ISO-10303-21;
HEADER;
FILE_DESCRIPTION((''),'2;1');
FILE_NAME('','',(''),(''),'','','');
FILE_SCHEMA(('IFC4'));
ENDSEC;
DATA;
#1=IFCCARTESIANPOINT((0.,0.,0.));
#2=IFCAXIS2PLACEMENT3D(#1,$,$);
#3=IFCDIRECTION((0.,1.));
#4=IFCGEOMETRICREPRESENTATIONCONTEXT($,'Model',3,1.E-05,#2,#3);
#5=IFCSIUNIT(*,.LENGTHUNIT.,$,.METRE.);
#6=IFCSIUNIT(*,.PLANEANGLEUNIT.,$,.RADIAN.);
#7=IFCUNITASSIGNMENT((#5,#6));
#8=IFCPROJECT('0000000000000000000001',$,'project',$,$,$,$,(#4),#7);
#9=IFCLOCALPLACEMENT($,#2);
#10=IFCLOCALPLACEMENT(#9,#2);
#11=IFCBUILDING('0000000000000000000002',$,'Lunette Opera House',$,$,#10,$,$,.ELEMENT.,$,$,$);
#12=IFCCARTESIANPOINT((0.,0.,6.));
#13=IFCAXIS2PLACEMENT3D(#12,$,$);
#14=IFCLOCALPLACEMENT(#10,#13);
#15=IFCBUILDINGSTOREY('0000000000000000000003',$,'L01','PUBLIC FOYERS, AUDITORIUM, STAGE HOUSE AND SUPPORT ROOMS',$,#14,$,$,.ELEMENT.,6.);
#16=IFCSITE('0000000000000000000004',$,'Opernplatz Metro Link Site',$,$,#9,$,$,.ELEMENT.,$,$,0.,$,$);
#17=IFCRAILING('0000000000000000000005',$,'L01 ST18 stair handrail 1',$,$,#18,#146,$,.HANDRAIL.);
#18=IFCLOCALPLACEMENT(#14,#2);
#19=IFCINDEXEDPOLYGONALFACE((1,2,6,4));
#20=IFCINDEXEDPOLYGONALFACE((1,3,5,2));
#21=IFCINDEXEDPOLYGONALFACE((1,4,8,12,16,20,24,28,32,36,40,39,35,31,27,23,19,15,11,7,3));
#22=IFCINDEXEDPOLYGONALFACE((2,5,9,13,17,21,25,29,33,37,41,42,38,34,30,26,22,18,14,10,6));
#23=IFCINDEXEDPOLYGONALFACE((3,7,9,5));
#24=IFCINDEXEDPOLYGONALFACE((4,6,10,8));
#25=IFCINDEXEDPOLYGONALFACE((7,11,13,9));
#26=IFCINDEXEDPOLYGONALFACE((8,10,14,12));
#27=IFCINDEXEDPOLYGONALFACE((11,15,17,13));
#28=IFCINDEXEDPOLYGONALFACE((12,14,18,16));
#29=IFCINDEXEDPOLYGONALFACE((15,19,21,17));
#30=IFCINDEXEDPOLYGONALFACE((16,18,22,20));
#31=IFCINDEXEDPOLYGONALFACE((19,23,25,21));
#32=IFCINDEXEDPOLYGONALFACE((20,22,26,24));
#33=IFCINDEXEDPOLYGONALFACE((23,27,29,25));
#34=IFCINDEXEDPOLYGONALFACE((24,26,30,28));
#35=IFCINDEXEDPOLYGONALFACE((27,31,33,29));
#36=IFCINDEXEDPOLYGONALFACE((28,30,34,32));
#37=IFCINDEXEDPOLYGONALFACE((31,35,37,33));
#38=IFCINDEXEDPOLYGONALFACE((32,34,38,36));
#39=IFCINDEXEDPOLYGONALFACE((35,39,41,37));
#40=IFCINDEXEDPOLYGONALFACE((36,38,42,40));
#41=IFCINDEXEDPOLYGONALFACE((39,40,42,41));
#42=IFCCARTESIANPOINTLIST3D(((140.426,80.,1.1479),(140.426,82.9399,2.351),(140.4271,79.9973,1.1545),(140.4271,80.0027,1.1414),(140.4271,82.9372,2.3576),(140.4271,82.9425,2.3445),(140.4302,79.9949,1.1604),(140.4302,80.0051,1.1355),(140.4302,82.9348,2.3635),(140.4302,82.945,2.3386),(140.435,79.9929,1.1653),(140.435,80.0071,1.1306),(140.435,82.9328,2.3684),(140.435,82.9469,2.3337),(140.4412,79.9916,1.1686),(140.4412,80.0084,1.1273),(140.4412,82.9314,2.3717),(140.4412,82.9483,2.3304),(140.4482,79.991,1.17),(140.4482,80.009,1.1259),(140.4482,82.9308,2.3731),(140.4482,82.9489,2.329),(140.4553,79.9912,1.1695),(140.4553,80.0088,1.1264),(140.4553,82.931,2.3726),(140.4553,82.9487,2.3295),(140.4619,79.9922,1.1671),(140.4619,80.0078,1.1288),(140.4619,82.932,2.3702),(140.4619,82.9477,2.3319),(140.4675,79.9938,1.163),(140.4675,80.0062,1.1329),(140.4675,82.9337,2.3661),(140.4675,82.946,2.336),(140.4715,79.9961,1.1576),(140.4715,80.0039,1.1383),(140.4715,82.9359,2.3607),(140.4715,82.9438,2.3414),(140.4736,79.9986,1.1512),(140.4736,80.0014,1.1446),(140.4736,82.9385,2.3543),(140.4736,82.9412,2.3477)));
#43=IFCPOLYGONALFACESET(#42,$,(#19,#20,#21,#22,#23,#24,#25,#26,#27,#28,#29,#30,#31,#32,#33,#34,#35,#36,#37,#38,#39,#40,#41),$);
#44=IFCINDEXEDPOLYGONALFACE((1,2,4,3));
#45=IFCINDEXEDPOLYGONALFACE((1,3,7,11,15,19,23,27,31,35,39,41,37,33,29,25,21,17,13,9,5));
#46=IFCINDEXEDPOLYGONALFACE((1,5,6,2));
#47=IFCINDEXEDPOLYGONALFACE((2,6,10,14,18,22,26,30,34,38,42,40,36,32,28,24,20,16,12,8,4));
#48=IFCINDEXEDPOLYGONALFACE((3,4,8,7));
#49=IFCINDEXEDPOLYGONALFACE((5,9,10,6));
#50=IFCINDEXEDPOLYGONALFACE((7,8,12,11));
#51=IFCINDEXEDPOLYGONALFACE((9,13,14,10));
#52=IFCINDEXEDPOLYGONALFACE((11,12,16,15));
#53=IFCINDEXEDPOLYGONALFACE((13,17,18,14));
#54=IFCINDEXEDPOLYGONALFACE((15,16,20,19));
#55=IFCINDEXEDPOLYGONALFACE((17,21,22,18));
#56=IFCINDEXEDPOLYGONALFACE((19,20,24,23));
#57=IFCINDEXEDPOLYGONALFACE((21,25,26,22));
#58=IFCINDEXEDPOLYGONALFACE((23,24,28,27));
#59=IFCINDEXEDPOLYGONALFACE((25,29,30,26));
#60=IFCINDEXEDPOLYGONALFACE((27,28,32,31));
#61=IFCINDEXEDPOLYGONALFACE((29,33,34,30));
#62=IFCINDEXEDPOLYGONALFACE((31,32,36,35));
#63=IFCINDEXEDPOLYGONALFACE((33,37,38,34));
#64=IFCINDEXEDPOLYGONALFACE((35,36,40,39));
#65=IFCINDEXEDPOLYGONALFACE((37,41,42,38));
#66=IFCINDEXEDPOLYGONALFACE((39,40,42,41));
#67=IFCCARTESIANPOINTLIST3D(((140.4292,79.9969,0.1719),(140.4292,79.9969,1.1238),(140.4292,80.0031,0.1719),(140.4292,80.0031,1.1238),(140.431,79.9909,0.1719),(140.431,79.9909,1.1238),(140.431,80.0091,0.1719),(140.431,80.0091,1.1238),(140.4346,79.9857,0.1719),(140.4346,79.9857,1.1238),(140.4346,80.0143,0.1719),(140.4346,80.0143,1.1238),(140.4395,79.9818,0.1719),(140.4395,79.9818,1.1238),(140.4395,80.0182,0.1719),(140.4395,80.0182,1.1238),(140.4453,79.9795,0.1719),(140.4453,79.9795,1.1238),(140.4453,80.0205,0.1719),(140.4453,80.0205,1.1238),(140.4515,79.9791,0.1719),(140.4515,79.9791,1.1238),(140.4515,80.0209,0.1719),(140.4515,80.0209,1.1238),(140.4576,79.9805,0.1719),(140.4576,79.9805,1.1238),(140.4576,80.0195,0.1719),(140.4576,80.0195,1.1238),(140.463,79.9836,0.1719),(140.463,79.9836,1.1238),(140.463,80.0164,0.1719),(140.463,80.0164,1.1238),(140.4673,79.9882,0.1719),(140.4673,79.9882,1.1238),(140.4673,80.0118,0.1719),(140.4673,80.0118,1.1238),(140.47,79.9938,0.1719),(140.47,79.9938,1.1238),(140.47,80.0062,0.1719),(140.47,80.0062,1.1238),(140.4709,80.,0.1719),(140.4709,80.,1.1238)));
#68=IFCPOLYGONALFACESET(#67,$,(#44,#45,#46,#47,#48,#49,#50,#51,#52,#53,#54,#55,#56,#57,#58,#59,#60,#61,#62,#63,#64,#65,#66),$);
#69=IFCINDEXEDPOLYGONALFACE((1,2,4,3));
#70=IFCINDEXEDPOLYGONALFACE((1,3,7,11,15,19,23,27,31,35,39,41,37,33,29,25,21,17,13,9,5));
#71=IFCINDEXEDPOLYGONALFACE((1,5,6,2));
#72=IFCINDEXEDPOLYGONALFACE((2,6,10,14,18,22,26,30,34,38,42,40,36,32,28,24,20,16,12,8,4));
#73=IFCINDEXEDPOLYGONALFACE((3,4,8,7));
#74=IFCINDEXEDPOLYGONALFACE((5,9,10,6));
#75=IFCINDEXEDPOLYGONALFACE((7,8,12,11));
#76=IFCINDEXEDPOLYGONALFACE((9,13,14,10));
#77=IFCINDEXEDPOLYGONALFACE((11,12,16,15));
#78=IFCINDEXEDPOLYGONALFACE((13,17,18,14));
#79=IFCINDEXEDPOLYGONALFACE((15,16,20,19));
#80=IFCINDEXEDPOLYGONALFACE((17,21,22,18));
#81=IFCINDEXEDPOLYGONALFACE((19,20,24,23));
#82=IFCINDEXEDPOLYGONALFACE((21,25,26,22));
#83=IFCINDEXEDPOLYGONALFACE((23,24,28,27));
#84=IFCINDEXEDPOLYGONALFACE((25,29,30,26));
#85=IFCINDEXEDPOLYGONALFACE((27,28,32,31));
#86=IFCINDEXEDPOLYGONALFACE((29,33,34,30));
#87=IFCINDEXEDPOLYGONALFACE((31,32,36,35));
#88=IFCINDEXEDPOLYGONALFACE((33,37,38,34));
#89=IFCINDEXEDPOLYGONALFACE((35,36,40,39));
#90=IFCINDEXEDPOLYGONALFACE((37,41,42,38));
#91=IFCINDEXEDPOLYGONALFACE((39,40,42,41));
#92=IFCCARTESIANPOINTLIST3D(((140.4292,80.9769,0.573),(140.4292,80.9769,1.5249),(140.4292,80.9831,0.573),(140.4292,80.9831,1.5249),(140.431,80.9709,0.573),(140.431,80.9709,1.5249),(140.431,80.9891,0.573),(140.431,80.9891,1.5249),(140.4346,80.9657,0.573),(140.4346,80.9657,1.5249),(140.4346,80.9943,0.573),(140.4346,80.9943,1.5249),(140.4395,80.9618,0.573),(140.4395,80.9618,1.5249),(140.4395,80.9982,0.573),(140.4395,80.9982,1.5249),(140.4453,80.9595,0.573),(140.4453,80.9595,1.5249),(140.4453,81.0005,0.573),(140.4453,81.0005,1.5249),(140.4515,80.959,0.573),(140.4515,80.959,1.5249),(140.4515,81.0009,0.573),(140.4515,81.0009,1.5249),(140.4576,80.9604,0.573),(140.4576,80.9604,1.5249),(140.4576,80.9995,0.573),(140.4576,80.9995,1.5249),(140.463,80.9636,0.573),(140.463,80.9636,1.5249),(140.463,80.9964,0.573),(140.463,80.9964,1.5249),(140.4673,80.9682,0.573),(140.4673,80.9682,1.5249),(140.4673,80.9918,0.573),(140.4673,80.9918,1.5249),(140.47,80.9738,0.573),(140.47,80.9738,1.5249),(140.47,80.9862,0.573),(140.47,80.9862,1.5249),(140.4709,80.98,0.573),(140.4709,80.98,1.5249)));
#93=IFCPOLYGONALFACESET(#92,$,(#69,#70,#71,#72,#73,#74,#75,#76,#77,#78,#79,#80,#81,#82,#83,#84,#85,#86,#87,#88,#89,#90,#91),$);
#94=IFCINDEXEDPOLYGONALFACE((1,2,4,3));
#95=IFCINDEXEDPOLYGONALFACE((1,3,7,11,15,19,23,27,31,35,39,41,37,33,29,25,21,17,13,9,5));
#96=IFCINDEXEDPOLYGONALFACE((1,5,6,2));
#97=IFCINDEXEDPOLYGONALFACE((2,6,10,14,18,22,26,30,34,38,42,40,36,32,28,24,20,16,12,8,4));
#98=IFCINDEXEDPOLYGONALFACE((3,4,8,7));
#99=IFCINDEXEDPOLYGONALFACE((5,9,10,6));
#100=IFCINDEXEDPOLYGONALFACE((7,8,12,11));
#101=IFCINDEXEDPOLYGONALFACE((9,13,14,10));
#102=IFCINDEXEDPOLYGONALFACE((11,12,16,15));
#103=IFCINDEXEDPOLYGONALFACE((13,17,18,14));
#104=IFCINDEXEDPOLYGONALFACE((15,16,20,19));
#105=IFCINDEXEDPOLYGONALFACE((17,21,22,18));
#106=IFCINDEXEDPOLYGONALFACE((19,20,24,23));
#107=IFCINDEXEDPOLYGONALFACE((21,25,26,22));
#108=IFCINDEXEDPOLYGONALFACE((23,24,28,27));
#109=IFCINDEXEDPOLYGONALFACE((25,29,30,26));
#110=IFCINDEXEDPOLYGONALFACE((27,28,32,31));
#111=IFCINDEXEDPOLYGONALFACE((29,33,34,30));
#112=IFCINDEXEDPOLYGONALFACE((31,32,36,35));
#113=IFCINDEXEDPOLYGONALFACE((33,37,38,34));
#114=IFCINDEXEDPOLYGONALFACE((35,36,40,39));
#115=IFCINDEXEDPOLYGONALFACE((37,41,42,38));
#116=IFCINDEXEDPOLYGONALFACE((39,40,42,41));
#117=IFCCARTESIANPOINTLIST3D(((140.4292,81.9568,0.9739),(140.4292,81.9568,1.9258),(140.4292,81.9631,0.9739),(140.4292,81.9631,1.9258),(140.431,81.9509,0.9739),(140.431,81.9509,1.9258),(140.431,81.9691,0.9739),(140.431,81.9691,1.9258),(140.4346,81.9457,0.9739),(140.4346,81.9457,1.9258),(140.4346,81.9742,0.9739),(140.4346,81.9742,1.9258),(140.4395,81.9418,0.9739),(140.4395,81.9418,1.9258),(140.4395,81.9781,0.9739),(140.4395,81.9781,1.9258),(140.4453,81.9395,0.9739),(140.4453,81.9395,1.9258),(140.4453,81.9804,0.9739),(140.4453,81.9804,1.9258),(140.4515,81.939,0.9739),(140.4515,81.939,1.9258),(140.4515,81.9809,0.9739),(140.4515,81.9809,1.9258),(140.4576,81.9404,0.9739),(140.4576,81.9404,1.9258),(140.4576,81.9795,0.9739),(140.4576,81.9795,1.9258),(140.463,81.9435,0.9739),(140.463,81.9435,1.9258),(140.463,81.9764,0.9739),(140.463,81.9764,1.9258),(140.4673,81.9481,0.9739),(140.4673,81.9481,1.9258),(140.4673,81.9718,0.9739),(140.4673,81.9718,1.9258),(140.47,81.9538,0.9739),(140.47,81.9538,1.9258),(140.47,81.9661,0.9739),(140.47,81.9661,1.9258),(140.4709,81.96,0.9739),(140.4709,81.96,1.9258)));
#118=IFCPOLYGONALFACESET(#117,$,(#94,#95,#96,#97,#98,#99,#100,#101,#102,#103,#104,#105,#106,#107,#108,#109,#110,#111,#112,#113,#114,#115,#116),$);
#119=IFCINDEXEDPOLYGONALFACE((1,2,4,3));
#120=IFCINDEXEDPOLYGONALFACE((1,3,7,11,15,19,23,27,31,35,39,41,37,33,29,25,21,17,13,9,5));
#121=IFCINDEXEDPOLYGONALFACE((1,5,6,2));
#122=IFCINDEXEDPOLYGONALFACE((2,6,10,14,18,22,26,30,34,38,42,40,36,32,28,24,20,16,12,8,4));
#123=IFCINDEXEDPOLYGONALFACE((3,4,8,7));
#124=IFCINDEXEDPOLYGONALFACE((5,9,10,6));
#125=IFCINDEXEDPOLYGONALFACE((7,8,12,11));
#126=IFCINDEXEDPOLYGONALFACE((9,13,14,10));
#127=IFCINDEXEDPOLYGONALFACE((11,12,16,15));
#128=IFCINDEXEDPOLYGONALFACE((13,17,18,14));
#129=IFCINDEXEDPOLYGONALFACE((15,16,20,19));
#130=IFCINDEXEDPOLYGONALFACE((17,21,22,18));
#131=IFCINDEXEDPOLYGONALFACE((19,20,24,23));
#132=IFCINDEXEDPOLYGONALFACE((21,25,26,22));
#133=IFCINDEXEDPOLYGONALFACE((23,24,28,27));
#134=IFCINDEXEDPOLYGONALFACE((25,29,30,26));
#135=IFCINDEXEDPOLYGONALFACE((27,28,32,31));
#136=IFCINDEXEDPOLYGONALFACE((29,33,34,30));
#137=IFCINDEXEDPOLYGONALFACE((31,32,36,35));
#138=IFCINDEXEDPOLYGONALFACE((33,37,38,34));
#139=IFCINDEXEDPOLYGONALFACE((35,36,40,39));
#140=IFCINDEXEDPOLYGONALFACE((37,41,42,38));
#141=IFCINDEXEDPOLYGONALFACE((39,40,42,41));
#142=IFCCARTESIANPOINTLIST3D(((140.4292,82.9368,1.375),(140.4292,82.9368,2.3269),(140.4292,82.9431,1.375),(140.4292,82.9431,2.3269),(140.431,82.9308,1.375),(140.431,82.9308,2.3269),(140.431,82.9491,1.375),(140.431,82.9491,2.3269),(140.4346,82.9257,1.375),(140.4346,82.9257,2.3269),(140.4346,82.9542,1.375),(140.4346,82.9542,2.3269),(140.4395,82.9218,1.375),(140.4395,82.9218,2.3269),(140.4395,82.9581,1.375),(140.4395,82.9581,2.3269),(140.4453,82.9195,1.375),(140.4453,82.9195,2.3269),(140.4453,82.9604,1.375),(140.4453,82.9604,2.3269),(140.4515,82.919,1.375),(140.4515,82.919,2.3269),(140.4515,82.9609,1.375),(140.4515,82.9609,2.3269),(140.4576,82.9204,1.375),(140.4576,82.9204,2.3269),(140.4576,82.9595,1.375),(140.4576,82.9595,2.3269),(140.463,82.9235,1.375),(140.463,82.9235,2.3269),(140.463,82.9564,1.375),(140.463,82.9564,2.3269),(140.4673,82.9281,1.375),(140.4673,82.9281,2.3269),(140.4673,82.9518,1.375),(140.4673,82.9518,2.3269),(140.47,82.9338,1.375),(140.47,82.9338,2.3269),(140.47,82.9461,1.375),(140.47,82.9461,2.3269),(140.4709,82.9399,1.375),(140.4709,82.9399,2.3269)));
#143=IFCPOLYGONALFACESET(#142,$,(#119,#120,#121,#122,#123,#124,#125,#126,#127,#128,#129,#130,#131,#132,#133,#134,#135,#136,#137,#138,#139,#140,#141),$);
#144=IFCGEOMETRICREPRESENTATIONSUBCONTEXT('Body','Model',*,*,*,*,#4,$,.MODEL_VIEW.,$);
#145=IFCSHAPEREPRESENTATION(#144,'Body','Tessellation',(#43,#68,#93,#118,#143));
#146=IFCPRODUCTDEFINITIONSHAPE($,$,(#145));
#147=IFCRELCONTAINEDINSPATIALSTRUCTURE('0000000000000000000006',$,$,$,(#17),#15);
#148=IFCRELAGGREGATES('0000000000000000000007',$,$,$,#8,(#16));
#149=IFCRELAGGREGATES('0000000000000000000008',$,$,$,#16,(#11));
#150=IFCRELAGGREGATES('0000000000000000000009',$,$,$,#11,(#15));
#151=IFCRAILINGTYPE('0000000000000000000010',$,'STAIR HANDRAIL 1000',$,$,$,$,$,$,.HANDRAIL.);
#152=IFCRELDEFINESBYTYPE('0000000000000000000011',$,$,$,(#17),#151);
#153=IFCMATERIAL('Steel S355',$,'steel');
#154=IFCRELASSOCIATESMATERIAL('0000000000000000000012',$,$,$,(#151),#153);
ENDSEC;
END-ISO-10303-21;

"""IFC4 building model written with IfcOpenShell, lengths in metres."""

from ifc_helpers import new_model, si_unit, direction, frame, origin, origin_2d, place, context, subcontext, project, spatial, circle, extrude, material, type_object, element, save


model = new_model("IFC4")

# Units and contexts
model_context = context("Model", 3, precision=1e-05, world=origin(), true_north=direction((0.0, 1.0)))
body_context = subcontext(model_context, "Body", "Model", "MODEL_VIEW")
ifc_project = project(units=[si_unit("LENGTHUNIT", "METRE"), si_unit("PLANEANGLEUNIT", "RADIAN")], contexts=[model_context])

# Site, building, storey
site_placement = place(None, origin())
site = spatial("IfcSite", under=ifc_project, at=site_placement, Name="Opernplatz Metro Link Site", CompositionType="ELEMENT", RefElevation=0.0)
building_placement = place(site_placement, origin())
building = spatial("IfcBuilding", under=site, at=building_placement, Name="Lunette Opera House", CompositionType="ELEMENT")
storey_placement = place(building_placement, frame((0.0, 0.0, 6.0)))
storey = spatial("IfcBuildingStorey", under=building, at=storey_placement, Name="L01", Description="PUBLIC FOYERS, AUDITORIUM, STAGE HOUSE AND SUPPORT ROOMS", CompositionType="ELEMENT", Elevation=6.0)

# Railing
ifc_material_1 = material(Name="Steel S355", Category="steel")
railing_type_1 = type_object("IfcRailingType", Name="STAIR HANDRAIL 1000", PredefinedType="HANDRAIL", material=ifc_material_1)
for number, where, name in (
    (1, (140.45, 80.0, 0.1719), "L01 ST18 stair handrail 1"),
):
    element("IfcRailing", number, at=place(storey_placement, frame(where)), inside=storey, type_object=railing_type_1, Name=name, PredefinedType="HANDRAIL", context=body_context, shape_type="SweptSolid", body=[
        extrude(circle(Radius=0.0239, at=origin_2d()), frame((0.0, 0.0, 0.9761), z_axis=(0.0, 0.9255, 0.378747), x_axis=(-1.0, 0.0, 0.0)), (0.0, 0.0, 1.0), 3.1765),
        extrude(circle(Radius=0.021, at=origin_2d()), origin(), (0.0, 0.0, 1.0), 0.9519),
        extrude(circle(Radius=0.021, at=origin_2d()), frame((0.0, 0.98, 0.4011)), (0.0, 0.0, 1.0), 0.9519),
        extrude(circle(Radius=0.021, at=origin_2d()), frame((0.0, 1.96, 0.802)), (0.0, 0.0, 1.0), 0.9519),
        extrude(circle(Radius=0.021, at=origin_2d()), frame((0.0, 2.9399, 1.2031)), (0.0, 0.0, 1.0), 0.9519),
    ])

save(model, "model.ifc")
